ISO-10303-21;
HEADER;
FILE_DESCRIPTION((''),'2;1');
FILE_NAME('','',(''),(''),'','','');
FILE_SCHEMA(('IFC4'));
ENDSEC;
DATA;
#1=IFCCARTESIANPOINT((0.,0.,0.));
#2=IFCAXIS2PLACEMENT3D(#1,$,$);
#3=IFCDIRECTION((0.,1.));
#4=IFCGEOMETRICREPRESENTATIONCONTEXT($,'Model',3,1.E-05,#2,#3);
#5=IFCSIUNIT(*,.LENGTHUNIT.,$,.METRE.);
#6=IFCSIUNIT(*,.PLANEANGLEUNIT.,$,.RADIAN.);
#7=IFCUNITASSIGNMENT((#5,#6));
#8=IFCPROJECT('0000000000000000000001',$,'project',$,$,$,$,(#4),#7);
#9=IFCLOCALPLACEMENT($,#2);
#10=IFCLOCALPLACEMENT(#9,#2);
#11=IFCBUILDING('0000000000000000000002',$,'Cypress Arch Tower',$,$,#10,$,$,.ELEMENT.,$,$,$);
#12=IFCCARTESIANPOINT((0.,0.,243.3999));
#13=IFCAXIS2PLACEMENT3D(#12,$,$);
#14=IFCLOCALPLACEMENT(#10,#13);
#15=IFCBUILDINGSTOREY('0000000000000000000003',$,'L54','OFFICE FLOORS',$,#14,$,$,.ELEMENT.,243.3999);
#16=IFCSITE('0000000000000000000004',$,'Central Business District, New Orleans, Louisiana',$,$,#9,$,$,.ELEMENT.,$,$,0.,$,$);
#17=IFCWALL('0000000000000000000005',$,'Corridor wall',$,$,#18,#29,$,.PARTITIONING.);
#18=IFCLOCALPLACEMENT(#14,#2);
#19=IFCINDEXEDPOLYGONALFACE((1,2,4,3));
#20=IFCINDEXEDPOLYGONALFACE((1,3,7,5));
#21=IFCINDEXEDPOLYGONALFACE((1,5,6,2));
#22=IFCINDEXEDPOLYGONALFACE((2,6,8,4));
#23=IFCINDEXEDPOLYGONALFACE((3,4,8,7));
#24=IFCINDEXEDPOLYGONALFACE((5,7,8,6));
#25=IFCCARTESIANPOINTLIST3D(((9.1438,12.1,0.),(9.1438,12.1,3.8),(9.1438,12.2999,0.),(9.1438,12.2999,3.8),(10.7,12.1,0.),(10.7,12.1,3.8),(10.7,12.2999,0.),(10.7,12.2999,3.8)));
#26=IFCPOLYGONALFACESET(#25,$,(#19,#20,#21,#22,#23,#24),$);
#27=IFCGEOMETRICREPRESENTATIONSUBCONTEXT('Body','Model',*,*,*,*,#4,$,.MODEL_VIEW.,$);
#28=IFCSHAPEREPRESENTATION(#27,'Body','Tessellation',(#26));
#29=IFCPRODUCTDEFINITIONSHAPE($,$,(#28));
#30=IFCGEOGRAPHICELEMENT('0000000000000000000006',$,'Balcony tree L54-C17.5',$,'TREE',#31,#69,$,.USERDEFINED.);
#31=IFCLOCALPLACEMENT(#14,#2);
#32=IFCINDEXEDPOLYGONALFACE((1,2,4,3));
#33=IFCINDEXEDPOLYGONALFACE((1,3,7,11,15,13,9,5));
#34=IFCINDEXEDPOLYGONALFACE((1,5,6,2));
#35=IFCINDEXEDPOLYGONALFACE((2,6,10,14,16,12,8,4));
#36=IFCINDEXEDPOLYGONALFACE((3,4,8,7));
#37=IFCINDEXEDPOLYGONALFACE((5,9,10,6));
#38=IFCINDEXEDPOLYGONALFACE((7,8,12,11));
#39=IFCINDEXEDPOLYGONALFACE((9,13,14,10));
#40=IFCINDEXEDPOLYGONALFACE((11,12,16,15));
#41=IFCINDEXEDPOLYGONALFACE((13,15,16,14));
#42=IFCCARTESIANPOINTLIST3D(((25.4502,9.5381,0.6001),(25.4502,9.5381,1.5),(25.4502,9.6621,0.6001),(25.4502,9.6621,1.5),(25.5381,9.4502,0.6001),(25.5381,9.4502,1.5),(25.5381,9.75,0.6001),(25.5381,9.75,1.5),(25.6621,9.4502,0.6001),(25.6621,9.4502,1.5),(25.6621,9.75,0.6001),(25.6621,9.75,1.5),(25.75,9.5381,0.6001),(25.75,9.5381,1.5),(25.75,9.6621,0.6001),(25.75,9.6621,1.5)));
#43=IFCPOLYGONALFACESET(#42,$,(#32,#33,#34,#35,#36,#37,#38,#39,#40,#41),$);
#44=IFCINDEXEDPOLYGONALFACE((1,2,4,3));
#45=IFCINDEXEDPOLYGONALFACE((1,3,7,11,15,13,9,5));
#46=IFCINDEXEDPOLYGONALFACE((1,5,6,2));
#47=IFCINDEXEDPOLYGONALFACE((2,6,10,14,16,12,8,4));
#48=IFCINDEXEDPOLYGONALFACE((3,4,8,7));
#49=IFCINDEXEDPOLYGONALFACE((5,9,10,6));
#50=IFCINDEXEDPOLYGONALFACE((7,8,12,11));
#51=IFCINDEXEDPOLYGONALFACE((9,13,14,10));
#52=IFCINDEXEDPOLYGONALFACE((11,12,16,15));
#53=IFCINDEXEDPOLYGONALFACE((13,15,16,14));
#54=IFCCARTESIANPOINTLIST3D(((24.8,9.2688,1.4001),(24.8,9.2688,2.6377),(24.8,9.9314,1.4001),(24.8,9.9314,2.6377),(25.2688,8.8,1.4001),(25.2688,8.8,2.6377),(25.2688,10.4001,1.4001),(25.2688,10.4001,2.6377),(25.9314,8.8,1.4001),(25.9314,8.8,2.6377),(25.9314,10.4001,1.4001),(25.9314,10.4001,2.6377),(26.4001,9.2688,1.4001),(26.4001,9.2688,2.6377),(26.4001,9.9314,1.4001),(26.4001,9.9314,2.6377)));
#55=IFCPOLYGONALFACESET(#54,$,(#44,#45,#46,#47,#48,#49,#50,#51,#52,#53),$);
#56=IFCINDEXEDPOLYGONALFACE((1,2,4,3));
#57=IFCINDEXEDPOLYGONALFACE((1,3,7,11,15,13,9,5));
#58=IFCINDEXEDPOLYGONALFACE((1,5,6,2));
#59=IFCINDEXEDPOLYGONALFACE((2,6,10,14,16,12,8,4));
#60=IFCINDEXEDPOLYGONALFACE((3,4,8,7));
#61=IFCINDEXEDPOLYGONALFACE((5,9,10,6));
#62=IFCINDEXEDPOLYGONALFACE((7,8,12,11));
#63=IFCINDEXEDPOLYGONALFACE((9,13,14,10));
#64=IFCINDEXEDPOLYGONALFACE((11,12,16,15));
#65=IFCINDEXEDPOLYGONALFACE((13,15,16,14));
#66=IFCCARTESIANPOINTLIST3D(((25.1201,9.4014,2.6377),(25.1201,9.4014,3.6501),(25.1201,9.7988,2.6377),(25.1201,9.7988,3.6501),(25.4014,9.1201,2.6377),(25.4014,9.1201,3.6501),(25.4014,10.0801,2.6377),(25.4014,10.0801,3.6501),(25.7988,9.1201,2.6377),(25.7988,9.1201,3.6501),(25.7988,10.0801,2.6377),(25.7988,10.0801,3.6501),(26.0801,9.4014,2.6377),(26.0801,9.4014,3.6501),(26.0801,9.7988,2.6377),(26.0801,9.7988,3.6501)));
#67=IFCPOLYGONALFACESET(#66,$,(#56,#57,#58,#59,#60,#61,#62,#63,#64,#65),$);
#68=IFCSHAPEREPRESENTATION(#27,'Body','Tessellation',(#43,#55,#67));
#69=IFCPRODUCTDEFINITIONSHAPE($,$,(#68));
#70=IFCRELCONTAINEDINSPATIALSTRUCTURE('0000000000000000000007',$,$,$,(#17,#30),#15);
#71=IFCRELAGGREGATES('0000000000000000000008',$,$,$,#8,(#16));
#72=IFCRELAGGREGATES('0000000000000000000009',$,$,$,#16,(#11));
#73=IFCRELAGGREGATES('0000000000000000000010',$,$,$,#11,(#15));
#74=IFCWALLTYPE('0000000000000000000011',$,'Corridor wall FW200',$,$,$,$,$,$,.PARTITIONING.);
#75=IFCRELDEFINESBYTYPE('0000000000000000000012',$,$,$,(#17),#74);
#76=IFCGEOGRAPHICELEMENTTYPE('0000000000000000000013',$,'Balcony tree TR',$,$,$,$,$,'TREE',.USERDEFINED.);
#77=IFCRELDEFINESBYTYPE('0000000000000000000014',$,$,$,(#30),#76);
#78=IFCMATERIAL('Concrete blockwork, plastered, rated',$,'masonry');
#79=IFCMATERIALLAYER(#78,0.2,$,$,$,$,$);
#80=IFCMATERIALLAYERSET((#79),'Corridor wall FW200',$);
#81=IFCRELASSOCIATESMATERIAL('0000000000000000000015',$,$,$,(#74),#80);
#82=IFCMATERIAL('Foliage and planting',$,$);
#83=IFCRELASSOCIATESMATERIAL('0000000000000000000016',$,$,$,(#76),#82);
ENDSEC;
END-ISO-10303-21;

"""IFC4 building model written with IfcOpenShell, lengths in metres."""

from ifc_helpers import new_model, si_unit, direction, frame, frame_2d, origin, place, context, subcontext, project, spatial, polyline, rectangle, outline, extrude, material, layer, layer_set, type_object, element, save


model = new_model("IFC4")

# Units and contexts
model_context = context("Model", 3, precision=1e-05, world=origin(), true_north=direction((0.0, 1.0)))
body_context = subcontext(model_context, "Body", "Model", "MODEL_VIEW")
ifc_project = project(units=[si_unit("LENGTHUNIT", "METRE"), si_unit("PLANEANGLEUNIT", "RADIAN")], contexts=[model_context])

# Site, building, storey
site_placement = place(None, origin())
site = spatial("IfcSite", under=ifc_project, at=site_placement, Name="Central Business District, New Orleans, Louisiana", CompositionType="ELEMENT", RefElevation=0.0)
building_placement = place(site_placement, origin())
building = spatial("IfcBuilding", under=site, at=building_placement, Name="Cypress Arch Tower", CompositionType="ELEMENT")
storey_placement = place(building_placement, frame((0.0, 0.0, 243.3999)))
storey = spatial("IfcBuildingStorey", under=building, at=storey_placement, Name="L54", Description="OFFICE FLOORS", CompositionType="ELEMENT", Elevation=243.3999)

# Wall
ifc_material_1 = material(Name="Concrete blockwork, plastered, rated", Category="masonry")
ifc_layer_1 = layer(ifc_material_1, 0.2)
ifc_layer_set_1 = layer_set([ifc_layer_1], Name="Corridor wall FW200")
wall_type_1 = type_object("IfcWallType", Name="Corridor wall FW200", PredefinedType="PARTITIONING", material=ifc_layer_set_1)
wall_1_placement = place(storey_placement, frame((9.1438, 12.2, 0.0), z_axis=(0.0, 0.0, 1.0), x_axis=(1.0, 0.0, 0.0)))
element("IfcWall", 1, at=wall_1_placement, inside=storey, type_object=wall_type_1, Name="Corridor wall", PredefinedType="PARTITIONING", context=body_context, shape_type="SweptSolid", body=[
    extrude(rectangle(XDim=1.5562, YDim=0.2, at=frame_2d((0.7781, 0.0))), origin(), (0.0, 0.0, 1.0), 3.8),
])

# Geographic element
ifc_material_2 = material(Name="Foliage and planting")
geographic_element_type = type_object("IfcGeographicElementType", Name="Balcony tree TR", ElementType="TREE", PredefinedType="USERDEFINED", material=ifc_material_2)
geographic_element_placement = place(storey_placement, frame((25.6001, 9.6001, 0.6001), z_axis=(0.0, 0.0, 1.0), x_axis=(1.0, 0.0, 0.0)))
element("IfcGeographicElement", 2, at=geographic_element_placement, inside=storey, type_object=geographic_element_type, Name="Balcony tree L54-C17.5", ObjectType="TREE", PredefinedType="USERDEFINED", context=body_context, shape_type="SweptSolid", body=[
    extrude(outline(polyline([(0.1499, 0.062), (0.062, 0.1499), (-0.062, 0.1499), (-0.1499, 0.062), (-0.1499, -0.062), (-0.062, -0.1499), (0.062, -0.1499), (0.1499, -0.062), (0.1499, 0.062)])), origin(), (0.0, 0.0, 1.0), 0.8999),
    extrude(outline(polyline([(0.8, 0.3313), (0.3313, 0.8), (-0.3313, 0.8), (-0.8, 0.3313), (-0.8, -0.3313), (-0.3313, -0.8), (0.3313, -0.8), (0.8, -0.3313), (0.8, 0.3313)])), frame((0.0, 0.0, 0.8)), (0.0, 0.0, 1.0), 1.2375),
    extrude(outline(polyline([(0.48, 0.1987), (0.1987, 0.48), (-0.1987, 0.48), (-0.48, 0.1987), (-0.48, -0.1987), (-0.1987, -0.48), (0.1987, -0.48), (0.48, -0.1987), (0.48, 0.1987)])), frame((0.0, 0.0, 2.0376)), (0.0, 0.0, 1.0), 1.0125),
])

save(model, "model.ifc")
